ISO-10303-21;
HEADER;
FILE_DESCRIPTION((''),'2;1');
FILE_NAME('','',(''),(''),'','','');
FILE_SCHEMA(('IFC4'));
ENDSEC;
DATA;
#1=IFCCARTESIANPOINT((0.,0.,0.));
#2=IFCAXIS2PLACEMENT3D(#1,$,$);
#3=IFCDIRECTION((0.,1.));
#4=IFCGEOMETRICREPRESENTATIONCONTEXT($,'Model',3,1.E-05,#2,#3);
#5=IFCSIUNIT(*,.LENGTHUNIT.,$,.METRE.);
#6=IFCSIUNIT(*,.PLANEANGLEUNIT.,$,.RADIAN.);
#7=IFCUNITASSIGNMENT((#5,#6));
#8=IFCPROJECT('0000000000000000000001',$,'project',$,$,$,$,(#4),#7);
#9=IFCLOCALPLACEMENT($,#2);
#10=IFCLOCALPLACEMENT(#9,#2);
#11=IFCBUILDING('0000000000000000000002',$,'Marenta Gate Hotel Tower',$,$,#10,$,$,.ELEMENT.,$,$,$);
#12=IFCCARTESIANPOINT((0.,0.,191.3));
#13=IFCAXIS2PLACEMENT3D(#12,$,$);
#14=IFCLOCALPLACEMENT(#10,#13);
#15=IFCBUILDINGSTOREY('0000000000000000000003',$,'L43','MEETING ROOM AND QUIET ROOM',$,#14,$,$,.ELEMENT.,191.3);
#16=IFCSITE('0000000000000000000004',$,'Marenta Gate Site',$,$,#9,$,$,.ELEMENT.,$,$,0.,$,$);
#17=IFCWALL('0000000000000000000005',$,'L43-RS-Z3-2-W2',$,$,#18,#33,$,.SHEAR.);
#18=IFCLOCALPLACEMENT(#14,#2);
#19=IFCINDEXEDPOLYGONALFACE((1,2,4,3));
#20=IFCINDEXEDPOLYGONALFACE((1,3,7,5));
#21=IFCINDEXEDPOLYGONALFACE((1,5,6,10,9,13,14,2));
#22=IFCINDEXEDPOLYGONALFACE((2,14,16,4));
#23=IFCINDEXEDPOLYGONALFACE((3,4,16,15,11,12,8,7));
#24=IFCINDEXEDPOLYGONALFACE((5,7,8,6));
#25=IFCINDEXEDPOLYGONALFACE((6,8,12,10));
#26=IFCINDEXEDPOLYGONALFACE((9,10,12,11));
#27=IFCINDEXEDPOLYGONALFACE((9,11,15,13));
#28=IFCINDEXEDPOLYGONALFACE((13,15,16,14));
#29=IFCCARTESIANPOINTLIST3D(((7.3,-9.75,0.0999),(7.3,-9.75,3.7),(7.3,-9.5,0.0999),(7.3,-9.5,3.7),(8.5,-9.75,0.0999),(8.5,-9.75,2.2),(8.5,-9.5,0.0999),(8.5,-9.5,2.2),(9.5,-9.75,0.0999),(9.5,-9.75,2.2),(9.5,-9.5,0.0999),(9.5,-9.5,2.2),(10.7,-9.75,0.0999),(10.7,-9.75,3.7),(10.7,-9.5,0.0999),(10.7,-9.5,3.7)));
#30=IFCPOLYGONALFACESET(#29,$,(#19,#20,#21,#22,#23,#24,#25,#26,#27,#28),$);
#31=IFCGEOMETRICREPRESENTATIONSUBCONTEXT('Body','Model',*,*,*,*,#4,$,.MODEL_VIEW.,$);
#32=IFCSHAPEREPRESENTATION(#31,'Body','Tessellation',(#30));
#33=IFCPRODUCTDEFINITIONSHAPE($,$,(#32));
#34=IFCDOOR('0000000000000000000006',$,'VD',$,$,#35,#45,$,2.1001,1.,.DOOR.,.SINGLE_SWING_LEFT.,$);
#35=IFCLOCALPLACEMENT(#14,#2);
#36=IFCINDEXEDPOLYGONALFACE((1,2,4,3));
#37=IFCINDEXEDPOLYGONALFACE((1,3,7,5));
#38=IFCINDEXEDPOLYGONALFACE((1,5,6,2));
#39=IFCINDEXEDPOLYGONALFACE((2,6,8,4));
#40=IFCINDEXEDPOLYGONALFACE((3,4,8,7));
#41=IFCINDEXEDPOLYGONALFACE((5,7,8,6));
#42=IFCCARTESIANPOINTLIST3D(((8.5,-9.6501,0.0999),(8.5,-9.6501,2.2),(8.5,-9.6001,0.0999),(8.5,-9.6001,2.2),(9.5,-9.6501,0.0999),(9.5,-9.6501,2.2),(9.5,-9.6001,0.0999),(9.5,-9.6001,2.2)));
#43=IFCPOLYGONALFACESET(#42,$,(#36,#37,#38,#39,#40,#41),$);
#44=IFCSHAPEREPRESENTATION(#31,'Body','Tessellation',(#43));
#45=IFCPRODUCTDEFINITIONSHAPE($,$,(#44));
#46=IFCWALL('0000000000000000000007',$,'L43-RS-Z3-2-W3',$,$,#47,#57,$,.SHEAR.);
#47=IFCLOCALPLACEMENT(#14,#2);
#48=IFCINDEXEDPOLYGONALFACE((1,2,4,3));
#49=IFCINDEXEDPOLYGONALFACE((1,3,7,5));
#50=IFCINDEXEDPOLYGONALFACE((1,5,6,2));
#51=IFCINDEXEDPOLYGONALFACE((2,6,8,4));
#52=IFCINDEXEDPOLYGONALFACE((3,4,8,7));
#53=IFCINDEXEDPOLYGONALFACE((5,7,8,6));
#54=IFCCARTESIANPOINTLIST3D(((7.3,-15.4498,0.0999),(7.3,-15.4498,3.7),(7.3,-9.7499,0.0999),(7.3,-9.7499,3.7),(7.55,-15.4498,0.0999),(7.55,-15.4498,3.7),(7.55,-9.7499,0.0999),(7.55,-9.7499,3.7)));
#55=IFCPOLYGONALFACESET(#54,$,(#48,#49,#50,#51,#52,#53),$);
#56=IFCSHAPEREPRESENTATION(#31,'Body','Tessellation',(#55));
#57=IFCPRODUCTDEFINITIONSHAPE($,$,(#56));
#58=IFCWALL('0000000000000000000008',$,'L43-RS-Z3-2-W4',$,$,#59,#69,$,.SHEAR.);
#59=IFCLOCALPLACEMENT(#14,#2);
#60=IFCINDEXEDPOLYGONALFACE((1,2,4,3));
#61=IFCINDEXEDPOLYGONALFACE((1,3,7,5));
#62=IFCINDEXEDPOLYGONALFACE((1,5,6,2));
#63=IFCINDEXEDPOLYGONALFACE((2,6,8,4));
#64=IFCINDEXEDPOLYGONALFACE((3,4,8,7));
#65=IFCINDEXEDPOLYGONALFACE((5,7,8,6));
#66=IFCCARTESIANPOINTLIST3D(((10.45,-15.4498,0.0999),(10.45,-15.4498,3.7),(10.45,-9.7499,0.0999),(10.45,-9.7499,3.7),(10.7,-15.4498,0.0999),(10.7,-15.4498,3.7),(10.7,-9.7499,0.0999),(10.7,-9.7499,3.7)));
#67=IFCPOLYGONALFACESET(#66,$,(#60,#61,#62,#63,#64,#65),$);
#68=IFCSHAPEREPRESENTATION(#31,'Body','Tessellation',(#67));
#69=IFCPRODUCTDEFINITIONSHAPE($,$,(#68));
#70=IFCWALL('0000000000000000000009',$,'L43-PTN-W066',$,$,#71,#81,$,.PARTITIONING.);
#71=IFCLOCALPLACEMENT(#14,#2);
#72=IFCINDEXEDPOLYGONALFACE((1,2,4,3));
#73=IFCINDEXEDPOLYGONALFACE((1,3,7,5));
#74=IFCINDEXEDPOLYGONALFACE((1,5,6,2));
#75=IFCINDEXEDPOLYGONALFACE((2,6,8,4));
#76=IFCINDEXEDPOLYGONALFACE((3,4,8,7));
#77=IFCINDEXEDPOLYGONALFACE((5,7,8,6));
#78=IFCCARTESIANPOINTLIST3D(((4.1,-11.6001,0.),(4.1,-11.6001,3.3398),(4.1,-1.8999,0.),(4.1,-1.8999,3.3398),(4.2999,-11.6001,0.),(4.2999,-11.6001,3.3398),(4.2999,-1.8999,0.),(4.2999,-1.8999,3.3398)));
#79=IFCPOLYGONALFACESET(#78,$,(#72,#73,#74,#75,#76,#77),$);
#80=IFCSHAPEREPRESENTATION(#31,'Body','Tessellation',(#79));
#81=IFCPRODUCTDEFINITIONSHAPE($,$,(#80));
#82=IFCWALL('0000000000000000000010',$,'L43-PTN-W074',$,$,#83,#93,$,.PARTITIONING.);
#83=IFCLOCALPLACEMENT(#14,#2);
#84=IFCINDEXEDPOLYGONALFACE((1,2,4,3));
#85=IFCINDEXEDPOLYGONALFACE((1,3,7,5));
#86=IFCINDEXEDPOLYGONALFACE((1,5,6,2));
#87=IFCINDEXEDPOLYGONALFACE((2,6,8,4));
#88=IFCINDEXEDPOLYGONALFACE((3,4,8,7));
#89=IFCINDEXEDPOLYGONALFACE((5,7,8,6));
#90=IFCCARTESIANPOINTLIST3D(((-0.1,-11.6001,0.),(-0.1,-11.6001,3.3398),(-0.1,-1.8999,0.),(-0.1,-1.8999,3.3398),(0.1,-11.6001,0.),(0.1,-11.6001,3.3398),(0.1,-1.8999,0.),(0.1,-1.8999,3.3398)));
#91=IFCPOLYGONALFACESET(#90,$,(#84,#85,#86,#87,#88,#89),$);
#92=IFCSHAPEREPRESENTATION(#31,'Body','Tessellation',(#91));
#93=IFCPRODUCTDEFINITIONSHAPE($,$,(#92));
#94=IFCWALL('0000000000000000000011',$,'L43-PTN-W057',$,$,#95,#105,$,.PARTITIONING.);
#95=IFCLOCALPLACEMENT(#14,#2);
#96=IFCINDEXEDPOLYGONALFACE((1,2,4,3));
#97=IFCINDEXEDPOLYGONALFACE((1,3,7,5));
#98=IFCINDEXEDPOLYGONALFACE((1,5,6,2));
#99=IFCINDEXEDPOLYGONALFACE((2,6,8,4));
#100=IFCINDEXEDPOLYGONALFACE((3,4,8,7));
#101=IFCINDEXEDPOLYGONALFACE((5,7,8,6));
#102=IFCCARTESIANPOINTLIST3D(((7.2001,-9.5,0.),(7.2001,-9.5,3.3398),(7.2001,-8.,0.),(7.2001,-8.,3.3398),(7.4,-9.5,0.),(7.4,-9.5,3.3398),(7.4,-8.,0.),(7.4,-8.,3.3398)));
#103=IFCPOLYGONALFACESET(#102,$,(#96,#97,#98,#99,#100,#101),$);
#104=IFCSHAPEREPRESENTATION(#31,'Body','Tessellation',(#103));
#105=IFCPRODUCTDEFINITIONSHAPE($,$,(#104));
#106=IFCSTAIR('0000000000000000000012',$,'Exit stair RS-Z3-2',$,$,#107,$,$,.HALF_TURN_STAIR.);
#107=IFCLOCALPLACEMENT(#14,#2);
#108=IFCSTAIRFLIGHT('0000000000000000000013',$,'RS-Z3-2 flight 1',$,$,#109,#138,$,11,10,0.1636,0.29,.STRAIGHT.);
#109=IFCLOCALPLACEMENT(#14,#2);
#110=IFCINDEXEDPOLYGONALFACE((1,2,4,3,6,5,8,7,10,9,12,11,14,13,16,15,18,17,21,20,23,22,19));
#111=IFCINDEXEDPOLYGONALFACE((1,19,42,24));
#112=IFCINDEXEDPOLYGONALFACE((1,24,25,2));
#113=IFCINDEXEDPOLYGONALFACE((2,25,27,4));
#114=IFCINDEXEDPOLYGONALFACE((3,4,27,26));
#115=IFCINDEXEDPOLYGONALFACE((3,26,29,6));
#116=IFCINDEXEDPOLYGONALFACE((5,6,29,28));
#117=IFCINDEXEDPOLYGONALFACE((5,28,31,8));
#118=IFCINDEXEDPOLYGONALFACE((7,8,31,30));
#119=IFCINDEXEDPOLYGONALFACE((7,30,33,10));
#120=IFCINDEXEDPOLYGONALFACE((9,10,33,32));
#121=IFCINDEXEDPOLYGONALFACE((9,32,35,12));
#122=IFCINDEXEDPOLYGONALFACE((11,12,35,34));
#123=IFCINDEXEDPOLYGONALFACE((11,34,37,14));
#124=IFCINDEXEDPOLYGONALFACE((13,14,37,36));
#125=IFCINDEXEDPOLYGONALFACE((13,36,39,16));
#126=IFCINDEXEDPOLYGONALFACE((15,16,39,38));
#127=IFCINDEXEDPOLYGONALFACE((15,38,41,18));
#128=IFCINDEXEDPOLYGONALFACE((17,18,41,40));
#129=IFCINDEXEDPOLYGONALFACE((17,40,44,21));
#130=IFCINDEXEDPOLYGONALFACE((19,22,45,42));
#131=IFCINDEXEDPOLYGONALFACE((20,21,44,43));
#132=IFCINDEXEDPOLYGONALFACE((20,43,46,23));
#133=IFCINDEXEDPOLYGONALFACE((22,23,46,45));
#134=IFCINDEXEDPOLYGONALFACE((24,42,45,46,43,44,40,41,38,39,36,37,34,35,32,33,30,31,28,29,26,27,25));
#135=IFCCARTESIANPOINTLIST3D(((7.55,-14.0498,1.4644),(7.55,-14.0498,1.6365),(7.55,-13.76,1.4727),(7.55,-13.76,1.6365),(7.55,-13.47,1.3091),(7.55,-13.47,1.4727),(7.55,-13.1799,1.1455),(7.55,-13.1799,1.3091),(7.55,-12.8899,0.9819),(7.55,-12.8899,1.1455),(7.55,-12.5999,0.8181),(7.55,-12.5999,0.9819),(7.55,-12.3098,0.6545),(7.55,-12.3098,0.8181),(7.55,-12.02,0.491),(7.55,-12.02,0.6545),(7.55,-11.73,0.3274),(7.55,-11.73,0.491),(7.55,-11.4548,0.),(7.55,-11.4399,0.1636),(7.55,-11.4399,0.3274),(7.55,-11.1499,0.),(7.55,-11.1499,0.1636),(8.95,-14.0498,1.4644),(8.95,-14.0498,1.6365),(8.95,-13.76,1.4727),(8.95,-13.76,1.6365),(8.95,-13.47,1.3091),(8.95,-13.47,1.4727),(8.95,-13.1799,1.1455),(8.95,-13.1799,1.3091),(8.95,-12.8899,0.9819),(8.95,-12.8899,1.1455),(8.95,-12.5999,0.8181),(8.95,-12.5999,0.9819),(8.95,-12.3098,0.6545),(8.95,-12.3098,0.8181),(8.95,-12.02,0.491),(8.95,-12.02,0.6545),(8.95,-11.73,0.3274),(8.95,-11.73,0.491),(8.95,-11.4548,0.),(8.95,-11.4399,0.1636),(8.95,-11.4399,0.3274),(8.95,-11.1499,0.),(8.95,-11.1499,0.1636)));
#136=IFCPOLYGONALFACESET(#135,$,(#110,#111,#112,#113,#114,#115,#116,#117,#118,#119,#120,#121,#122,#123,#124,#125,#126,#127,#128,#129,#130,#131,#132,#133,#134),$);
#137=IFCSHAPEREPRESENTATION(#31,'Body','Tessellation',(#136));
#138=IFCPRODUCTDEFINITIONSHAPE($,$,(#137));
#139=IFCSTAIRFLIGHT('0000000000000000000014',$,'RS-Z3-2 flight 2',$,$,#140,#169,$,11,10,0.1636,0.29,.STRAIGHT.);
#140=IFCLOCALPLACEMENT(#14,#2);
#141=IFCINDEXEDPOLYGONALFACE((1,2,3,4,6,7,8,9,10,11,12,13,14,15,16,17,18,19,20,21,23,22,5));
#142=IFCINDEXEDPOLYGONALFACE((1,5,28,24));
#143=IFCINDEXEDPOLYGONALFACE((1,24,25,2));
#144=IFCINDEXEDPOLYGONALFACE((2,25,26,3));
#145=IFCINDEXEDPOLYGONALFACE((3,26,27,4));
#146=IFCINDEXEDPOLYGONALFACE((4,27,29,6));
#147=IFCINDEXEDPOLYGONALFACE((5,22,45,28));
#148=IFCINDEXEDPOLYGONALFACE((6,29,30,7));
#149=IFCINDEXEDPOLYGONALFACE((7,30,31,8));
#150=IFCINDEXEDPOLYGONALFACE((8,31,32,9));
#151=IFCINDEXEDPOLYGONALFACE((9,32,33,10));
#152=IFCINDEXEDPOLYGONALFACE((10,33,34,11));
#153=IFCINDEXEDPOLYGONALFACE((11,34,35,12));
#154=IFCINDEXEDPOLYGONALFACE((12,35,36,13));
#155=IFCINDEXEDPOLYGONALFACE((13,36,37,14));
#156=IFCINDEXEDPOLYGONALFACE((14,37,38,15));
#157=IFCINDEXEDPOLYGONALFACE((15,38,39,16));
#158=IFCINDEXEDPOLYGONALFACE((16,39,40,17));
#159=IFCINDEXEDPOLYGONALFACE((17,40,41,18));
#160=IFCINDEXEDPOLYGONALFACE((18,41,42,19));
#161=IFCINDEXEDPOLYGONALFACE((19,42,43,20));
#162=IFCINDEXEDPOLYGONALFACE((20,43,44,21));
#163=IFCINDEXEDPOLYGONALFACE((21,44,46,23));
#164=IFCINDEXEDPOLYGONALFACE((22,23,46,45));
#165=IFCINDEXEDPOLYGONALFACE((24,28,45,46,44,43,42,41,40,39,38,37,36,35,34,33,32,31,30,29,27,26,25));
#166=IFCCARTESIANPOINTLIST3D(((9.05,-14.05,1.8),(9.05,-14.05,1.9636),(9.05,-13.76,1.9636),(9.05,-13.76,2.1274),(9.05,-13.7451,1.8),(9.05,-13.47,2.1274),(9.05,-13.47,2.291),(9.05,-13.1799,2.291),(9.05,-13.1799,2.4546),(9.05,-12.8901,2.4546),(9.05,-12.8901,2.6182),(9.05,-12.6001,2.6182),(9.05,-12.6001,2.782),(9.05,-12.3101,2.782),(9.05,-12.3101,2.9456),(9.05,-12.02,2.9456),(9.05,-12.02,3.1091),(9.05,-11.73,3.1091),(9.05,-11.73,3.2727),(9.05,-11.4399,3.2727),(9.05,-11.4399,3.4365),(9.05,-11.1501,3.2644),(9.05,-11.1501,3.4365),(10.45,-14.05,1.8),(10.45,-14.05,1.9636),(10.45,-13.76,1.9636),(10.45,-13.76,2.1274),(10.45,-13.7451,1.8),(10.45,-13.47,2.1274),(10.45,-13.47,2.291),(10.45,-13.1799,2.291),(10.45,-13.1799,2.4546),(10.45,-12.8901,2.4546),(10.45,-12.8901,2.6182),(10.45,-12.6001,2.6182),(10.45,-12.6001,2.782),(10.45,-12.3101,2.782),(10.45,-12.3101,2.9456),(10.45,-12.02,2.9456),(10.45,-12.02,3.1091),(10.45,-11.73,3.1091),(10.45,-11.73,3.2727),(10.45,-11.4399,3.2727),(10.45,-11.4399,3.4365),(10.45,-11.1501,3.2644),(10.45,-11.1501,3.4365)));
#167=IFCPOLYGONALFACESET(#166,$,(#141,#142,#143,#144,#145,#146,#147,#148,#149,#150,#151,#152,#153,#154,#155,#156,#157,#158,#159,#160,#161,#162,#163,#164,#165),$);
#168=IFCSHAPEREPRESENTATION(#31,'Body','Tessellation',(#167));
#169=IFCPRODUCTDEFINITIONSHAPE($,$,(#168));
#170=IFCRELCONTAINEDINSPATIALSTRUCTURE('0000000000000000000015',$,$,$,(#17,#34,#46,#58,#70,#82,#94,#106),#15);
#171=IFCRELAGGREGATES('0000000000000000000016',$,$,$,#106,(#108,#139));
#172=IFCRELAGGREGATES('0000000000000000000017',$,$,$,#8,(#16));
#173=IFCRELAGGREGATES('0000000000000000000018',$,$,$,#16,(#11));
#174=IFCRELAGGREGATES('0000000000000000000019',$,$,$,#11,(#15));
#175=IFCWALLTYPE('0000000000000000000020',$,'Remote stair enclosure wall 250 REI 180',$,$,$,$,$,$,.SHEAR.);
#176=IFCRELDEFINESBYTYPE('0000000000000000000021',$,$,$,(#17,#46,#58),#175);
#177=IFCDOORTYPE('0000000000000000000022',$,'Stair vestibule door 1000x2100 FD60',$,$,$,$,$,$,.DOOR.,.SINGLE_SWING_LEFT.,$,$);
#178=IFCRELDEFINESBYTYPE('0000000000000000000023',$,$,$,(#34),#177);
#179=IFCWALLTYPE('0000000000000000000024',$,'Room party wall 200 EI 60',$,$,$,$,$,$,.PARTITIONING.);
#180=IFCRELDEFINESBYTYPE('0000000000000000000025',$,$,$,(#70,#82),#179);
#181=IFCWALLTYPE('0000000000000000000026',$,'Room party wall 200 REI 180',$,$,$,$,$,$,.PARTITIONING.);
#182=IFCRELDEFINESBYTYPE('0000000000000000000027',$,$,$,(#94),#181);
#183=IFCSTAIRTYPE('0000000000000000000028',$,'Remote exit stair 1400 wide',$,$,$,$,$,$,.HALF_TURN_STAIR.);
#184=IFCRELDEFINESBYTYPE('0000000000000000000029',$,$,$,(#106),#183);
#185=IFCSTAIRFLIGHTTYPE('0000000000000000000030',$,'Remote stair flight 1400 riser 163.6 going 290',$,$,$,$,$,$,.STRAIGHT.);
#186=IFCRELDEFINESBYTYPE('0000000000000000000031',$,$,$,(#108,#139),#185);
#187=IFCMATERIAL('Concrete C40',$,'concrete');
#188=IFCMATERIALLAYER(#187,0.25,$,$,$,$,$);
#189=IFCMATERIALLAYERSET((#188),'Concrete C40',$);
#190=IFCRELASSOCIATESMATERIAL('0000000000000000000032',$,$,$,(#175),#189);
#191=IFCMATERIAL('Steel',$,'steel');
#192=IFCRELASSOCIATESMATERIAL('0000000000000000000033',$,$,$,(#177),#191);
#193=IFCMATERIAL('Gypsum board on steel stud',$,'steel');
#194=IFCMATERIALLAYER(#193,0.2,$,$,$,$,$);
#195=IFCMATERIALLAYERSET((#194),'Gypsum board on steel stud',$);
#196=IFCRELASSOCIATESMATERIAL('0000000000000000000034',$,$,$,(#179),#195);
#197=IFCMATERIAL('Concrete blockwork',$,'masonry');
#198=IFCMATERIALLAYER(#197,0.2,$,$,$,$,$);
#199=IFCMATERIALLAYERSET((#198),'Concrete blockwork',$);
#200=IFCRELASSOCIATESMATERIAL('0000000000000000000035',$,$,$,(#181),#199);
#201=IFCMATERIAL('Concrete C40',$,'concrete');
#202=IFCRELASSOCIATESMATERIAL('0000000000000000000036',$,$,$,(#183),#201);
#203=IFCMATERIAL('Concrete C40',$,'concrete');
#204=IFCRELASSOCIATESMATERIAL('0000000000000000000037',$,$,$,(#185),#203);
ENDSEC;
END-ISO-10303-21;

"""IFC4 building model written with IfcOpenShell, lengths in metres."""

from ifc_helpers import new_model, si_unit, direction, frame, frame_2d, origin, place, context, subcontext, project, spatial, polyline, rectangle, outline, extrude, material, layer, layer_set, type_object, element, fill, aggregate, save


model = new_model("IFC4")

# Units and contexts
model_context = context("Model", 3, precision=1e-05, world=origin(), true_north=direction((0.0, 1.0)))
body_context = subcontext(model_context, "Body", "Model", "MODEL_VIEW")
ifc_project = project(units=[si_unit("LENGTHUNIT", "METRE"), si_unit("PLANEANGLEUNIT", "RADIAN")], contexts=[model_context])

# Site, building, storey
site_placement = place(None, origin())
site = spatial("IfcSite", under=ifc_project, at=site_placement, Name="Marenta Gate Site", CompositionType="ELEMENT", RefElevation=0.0)
building_placement = place(site_placement, origin())
building = spatial("IfcBuilding", under=site, at=building_placement, Name="Marenta Gate Hotel Tower", CompositionType="ELEMENT")
storey_placement = place(building_placement, frame((0.0, 0.0, 191.3)))
storey = spatial("IfcBuildingStorey", under=building, at=storey_placement, Name="L43", Description="MEETING ROOM AND QUIET ROOM", CompositionType="ELEMENT", Elevation=191.3)

# Shared definitions
ifc_material_1 = material(Name="Concrete C40", Category="concrete")
ifc_layer_1 = layer(ifc_material_1, 0.25)
ifc_layer_set_1 = layer_set([ifc_layer_1], Name="Concrete C40")
wall_type_1 = type_object("IfcWallType", Name="Remote stair enclosure wall 250 REI 180", PredefinedType="SHEAR", material=ifc_layer_set_1)

# Wall, opening, door
wall_1_placement = place(storey_placement, frame((7.3, -9.625, 0.0999), z_axis=(0.0, 0.0, 1.0), x_axis=(1.0, 0.0, 0.0)))
wall_1 = element("IfcWall", 1, at=wall_1_placement, inside=storey, type_object=wall_type_1, Name="L43-RS-Z3-2-W2", PredefinedType="SHEAR", context=body_context, shape_type="SweptSolid", body=[
    extrude(rectangle(XDim=3.3999, YDim=0.25, at=frame_2d((1.7, 0.0))), origin(), (0.0, 0.0, 1.0), 3.6001),
])
opening_1_placement = place(wall_1_placement, frame((1.2, 0.0, 0.0)))
opening_1 = element("IfcOpeningElement", 2, at=opening_1_placement, cuts=wall_1, PredefinedType="OPENING", context=body_context, shape_type="SweptSolid", body=[
    extrude(rectangle(XDim=1.0, YDim=2.1001, at=frame_2d((0.5, 1.05))), frame((0.0, 0.125, 0.0), z_axis=(0.0, -1.0, 0.0), x_axis=(1.0, 0.0, 0.0)), (0.0, 0.0, 1.0), 0.25),
])
ifc_material_2 = material(Name="Steel", Category="steel")
door_type_1 = type_object("IfcDoorType", Name="Stair vestibule door 1000x2100 FD60", OperationType="SINGLE_SWING_LEFT", PredefinedType="DOOR", material=ifc_material_2)
door_1_placement = place(opening_1_placement, origin())
door_1 = element("IfcDoor", 3, at=door_1_placement, inside=storey, type_object=door_type_1, Name="VD", OperationType="SINGLE_SWING_LEFT", OverallHeight=2.1001, OverallWidth=1.0, PredefinedType="DOOR", context=body_context, shape_type="SweptSolid", body=[
    extrude(rectangle(XDim=1.0, YDim=2.1001, at=frame_2d((0.5, 1.05))), frame((0.0, 0.0249, 0.0), z_axis=(0.0, -1.0, 0.0), x_axis=(1.0, 0.0, 0.0)), (0.0, 0.0, 1.0), 0.05),
])
fill(opening_1, door_1)

# Walls
for number, where, z_axis, x_axis, name in (
    (4, (7.425, -15.45, 0.0999), (0.0, 0.0, 1.0), (0.0, 1.0, 0.0), "L43-RS-Z3-2-W3"),
    (5, (10.575, -15.45, 0.0999), (0.0, 0.0, 1.0), (0.0, 1.0, 0.0), "L43-RS-Z3-2-W4"),
):
    element("IfcWall", number, at=place(storey_placement, frame(where, z_axis=z_axis, x_axis=x_axis)), inside=storey, type_object=wall_type_1, Name=name, PredefinedType="SHEAR", context=body_context, shape_type="SweptSolid", body=[
        extrude(rectangle(XDim=5.7, YDim=0.25, at=frame_2d((2.8501, 0.0))), origin(), (0.0, 0.0, 1.0), 3.6001),
    ])

# Walls
ifc_material_3 = material(Name="Gypsum board on steel stud", Category="steel")
ifc_layer_2 = layer(ifc_material_3, 0.2)
ifc_layer_set_2 = layer_set([ifc_layer_2], Name="Gypsum board on steel stud")
wall_type_2 = type_object("IfcWallType", Name="Room party wall 200 EI 60", PredefinedType="PARTITIONING", material=ifc_layer_set_2)
for number, where, z_axis, x_axis, name in (
    (6, (4.2, -11.6001, 0.0), (0.0, 0.0, 1.0), (0.0, 1.0, 0.0), "L43-PTN-W066"),
    (7, (0.0, -11.6001, 0.0), (0.0, 0.0, 1.0), (0.0, 1.0, 0.0), "L43-PTN-W074"),
):
    element("IfcWall", number, at=place(storey_placement, frame(where, z_axis=z_axis, x_axis=x_axis)), inside=storey, type_object=wall_type_2, Name=name, PredefinedType="PARTITIONING", context=body_context, shape_type="SweptSolid", body=[
        extrude(rectangle(XDim=9.7002, YDim=0.2, at=frame_2d((4.8501, 0.0))), origin(), (0.0, 0.0, 1.0), 3.3398),
    ])
ifc_material_4 = material(Name="Concrete blockwork", Category="masonry")
ifc_layer_3 = layer(ifc_material_4, 0.2)
ifc_layer_set_3 = layer_set([ifc_layer_3], Name="Concrete blockwork")
wall_type_3 = type_object("IfcWallType", Name="Room party wall 200 REI 180", PredefinedType="PARTITIONING", material=ifc_layer_set_3)
wall_2_placement = place(storey_placement, frame((7.3, -9.5, 0.0), z_axis=(0.0, 0.0, 1.0), x_axis=(0.0, 1.0, 0.0)))
element("IfcWall", 8, at=wall_2_placement, inside=storey, type_object=wall_type_3, Name="L43-PTN-W057", PredefinedType="PARTITIONING", context=body_context, shape_type="SweptSolid", body=[
    extrude(rectangle(XDim=1.5, YDim=0.2, at=frame_2d((0.75, 0.0))), origin(), (0.0, 0.0, 1.0), 3.3398),
])

# Stair, stair flights
ifc_material_5 = material(Name="Concrete C40", Category="concrete")
stair_type = type_object("IfcStairType", Name="Remote exit stair 1400 wide", PredefinedType="HALF_TURN_STAIR", material=ifc_material_5)
stair_placement = place(storey_placement, origin())
stair = element("IfcStair", 9, at=stair_placement, inside=storey, type_object=stair_type, Name="Exit stair RS-Z3-2", PredefinedType="HALF_TURN_STAIR")
ifc_material_6 = material(Name="Concrete C40", Category="concrete")
stair_flight_type = type_object("IfcStairFlightType", Name="Remote stair flight 1400 riser 163.6 going 290", PredefinedType="STRAIGHT", material=ifc_material_6)
stair_flight_1_placement = place(storey_placement, frame((8.25, -11.1499, 0.0), z_axis=(0.0, 0.0, 1.0), x_axis=(0.0, -1.0, 0.0)))
stair_flight_1 = element("IfcStairFlight", 10, at=stair_flight_1_placement, type_object=stair_flight_type, Name="RS-Z3-2 flight 1", NumberOfRisers=11, NumberOfTreads=10, PredefinedType="STRAIGHT", RiserHeight=0.1636, TreadLength=0.29, context=body_context, shape_type="SweptSolid", body=[
    extrude(outline(polyline([(0.0, 0.0), (0.0, 0.1636), (0.29, 0.1636), (0.29, 0.3274), (0.5801, 0.3274), (0.5801, 0.491), (0.8701, 0.491), (0.8701, 0.6545), (1.1599, 0.6545), (1.1599, 0.8181), (1.45, 0.8181), (1.45, 0.9819), (1.74, 0.9819), (1.74, 1.1455), (2.03, 1.1455), (2.03, 1.3091), (2.3201, 1.3091), (2.3201, 1.4727), (2.6101, 1.4727), (2.6101, 1.6365), (2.8999, 1.6365), (2.8999, 1.8), (2.8999, 1.4644), (0.3049, 0.0), (0.0, 0.0)])), frame((0.0, 0.7, 0.0), z_axis=(0.0, -1.0, 0.0), x_axis=(1.0, 0.0, 0.0)), (0.0, 0.0, 1.0), 1.3999),
])
stair_flight_2_placement = place(storey_placement, frame((9.75, -14.05, 1.8), z_axis=(0.0, 0.0, 1.0), x_axis=(0.0, 1.0, 0.0)))
stair_flight_2 = element("IfcStairFlight", 11, at=stair_flight_2_placement, type_object=stair_flight_type, Name="RS-Z3-2 flight 2", NumberOfRisers=11, NumberOfTreads=10, PredefinedType="STRAIGHT", RiserHeight=0.1636, TreadLength=0.29, context=body_context, shape_type="SweptSolid", body=[
    extrude(outline(polyline([(0.0, 0.0), (0.0, 0.1636), (0.29, 0.1636), (0.29, 0.3274), (0.5801, 0.3274), (0.5801, 0.491), (0.8701, 0.491), (0.8701, 0.6545), (1.1599, 0.6545), (1.1599, 0.8181), (1.45, 0.8181), (1.45, 0.9819), (1.74, 0.9819), (1.74, 1.1455), (2.03, 1.1455), (2.03, 1.3091), (2.3201, 1.3091), (2.3201, 1.4727), (2.6101, 1.4727), (2.6101, 1.6365), (2.8999, 1.6365), (2.8999, 1.8), (2.8999, 1.4644), (0.3049, 0.0), (0.0, 0.0)])), frame((0.0, 0.7, 0.0), z_axis=(0.0, -1.0, 0.0), x_axis=(1.0, 0.0, 0.0)), (0.0, 0.0, 1.0), 1.3999),
])
aggregate(stair, [stair_flight_1, stair_flight_2])

save(model, "model.ifc")
